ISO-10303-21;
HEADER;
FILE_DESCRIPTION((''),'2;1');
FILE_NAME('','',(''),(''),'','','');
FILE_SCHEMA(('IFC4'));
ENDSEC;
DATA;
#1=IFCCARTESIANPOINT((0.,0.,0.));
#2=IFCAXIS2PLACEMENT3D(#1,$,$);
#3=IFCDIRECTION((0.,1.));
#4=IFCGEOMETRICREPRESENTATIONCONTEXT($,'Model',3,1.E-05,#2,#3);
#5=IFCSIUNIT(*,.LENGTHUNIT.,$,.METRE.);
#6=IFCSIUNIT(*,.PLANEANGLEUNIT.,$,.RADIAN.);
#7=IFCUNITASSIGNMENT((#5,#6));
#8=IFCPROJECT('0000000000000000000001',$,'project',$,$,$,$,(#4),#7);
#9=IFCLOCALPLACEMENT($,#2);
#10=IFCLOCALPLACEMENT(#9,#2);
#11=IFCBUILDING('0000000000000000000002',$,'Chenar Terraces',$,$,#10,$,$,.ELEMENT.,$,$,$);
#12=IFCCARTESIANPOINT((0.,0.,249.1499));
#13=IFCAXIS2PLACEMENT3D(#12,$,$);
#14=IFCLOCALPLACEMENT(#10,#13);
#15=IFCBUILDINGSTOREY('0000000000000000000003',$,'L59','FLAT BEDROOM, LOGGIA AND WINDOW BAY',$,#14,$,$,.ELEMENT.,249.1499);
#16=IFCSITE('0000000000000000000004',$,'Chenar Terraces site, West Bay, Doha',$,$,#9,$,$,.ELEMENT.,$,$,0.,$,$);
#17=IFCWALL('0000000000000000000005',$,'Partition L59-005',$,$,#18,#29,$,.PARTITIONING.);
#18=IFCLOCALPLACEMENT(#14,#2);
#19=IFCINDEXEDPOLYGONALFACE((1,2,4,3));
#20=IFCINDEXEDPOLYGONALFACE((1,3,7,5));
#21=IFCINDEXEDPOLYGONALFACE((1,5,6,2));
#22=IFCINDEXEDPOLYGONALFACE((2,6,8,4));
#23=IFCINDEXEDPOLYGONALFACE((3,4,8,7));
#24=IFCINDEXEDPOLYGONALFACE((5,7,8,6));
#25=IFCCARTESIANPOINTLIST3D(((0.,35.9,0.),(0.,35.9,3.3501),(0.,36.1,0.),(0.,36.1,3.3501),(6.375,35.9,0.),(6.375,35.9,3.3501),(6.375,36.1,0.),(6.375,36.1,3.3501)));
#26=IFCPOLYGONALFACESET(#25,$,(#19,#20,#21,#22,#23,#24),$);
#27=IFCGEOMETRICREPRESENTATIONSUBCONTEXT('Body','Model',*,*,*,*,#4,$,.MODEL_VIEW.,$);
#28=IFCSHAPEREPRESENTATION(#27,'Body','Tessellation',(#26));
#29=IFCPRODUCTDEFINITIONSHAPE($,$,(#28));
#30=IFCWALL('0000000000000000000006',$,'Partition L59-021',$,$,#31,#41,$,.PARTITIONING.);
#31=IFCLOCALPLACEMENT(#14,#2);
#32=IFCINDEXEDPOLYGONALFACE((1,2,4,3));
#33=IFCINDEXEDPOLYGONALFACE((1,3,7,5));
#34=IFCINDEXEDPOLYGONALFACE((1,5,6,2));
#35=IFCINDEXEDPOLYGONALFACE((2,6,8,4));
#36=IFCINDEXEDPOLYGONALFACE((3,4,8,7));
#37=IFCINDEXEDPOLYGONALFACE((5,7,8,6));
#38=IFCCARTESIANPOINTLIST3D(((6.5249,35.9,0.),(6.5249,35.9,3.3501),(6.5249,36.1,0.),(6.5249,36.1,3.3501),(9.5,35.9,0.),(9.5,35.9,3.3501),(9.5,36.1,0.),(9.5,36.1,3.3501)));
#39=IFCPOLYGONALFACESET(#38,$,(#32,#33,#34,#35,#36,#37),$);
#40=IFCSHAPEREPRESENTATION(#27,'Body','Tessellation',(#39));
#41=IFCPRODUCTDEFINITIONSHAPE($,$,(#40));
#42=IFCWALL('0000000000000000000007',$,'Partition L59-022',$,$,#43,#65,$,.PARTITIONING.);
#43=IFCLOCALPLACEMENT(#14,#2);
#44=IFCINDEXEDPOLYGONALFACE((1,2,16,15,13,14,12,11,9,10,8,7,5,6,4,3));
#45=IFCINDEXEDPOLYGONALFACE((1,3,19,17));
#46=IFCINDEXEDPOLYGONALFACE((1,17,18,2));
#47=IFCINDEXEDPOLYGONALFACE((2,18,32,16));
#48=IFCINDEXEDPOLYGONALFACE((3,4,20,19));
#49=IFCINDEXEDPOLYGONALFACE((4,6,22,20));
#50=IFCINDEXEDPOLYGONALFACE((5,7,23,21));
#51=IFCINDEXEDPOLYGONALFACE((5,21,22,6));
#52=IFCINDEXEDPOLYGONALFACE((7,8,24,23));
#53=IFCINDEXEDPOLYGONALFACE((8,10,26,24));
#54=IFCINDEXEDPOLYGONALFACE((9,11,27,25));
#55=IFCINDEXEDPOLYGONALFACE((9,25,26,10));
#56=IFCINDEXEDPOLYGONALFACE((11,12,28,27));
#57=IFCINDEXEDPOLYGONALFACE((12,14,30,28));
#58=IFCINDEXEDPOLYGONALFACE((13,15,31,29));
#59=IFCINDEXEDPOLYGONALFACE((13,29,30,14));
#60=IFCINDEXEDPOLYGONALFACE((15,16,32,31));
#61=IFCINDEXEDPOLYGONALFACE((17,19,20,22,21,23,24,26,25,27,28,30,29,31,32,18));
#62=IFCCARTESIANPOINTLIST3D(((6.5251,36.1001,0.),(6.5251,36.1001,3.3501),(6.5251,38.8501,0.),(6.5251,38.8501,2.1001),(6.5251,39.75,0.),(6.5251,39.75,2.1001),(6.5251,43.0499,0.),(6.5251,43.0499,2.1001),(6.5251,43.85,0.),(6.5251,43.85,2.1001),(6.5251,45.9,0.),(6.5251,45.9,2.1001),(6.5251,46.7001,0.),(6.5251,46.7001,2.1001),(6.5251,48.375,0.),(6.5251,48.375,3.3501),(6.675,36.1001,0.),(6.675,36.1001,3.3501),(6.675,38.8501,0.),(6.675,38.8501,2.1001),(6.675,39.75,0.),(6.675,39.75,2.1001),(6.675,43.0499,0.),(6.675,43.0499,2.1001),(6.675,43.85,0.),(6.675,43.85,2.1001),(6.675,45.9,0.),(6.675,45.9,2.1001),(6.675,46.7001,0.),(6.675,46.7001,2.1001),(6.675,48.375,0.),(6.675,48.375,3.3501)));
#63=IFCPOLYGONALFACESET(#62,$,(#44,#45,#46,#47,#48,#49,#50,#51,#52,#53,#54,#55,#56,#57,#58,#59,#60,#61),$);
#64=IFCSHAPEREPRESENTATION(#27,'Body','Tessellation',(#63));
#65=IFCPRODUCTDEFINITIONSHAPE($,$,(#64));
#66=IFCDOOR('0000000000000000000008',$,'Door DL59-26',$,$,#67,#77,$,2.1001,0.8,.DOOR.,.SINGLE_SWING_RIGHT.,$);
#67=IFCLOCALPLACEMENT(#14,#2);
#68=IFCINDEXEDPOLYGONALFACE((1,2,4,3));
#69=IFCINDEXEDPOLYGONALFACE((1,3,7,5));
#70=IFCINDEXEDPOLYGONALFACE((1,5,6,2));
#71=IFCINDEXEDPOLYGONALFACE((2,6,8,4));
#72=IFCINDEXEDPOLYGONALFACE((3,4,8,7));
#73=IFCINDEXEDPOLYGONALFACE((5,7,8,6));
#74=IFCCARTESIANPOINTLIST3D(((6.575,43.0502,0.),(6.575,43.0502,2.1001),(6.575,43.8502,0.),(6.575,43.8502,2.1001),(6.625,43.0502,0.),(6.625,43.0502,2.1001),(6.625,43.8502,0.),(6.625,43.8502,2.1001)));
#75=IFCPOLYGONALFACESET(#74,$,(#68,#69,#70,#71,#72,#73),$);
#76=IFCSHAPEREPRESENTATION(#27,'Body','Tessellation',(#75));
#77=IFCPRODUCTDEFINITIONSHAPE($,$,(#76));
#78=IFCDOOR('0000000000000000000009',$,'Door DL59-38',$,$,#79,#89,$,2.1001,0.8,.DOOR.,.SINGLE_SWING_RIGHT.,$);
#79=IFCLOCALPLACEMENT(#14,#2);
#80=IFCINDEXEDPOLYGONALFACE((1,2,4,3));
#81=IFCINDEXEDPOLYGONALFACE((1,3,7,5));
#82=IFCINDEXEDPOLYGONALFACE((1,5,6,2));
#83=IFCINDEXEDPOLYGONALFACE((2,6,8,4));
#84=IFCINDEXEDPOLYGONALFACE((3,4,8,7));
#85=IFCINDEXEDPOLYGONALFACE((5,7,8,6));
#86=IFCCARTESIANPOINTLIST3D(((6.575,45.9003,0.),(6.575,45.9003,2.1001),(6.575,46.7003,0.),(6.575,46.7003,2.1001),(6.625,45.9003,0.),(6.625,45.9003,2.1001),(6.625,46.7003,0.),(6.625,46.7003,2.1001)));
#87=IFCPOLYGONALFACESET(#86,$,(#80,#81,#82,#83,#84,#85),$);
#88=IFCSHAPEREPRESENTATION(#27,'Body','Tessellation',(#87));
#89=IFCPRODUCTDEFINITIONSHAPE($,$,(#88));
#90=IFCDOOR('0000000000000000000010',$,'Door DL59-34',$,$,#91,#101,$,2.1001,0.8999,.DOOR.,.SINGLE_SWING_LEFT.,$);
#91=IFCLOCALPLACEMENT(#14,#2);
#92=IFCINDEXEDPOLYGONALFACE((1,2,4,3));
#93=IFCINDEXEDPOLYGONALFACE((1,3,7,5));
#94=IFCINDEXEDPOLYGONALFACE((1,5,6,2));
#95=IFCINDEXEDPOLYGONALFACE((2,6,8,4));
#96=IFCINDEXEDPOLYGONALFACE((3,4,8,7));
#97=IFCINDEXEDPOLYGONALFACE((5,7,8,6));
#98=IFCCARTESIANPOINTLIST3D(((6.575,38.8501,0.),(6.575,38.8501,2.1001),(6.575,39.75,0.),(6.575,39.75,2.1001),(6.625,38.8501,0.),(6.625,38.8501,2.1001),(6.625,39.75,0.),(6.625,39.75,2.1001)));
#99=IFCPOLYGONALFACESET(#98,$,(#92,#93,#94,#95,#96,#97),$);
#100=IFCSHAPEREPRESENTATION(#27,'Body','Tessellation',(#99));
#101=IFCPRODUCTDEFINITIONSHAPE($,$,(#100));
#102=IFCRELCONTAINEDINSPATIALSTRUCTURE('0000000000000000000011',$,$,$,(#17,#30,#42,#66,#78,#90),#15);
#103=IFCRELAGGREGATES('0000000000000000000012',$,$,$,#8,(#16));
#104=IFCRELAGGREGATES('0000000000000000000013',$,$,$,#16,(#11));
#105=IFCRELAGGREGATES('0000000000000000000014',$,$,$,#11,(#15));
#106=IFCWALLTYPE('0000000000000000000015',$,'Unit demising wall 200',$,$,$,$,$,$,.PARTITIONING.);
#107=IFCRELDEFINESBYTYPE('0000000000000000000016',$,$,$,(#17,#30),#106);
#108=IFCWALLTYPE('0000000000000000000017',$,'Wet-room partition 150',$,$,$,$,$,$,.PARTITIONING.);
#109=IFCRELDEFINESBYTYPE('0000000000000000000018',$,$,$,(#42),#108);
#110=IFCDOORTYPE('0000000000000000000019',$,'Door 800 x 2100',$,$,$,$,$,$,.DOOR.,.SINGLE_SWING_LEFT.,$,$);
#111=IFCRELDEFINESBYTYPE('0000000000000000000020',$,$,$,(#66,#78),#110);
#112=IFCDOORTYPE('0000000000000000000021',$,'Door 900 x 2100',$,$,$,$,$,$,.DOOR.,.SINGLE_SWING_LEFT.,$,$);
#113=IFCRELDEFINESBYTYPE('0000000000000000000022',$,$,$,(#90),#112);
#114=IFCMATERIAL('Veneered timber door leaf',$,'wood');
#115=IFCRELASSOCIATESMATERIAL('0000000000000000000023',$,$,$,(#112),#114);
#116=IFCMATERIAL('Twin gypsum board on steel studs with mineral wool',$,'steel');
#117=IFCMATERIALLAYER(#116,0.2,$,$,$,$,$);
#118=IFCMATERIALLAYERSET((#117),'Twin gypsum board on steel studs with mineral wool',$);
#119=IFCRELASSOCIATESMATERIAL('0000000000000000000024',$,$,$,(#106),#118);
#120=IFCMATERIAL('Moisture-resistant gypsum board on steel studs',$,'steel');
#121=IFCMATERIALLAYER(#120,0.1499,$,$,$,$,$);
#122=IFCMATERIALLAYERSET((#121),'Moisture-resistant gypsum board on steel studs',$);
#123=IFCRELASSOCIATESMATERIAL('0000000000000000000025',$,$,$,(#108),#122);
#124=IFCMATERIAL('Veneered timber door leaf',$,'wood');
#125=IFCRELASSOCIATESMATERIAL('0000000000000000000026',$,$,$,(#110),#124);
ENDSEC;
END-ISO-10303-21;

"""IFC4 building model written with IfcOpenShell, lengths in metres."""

from ifc_helpers import new_model, si_unit, direction, frame, frame_2d, origin, place, context, subcontext, project, spatial, rectangle, extrude, material, layer, layer_set, type_object, element, fill, save


model = new_model("IFC4")

# Units and contexts
model_context = context("Model", 3, precision=1e-05, world=origin(), true_north=direction((0.0, 1.0)))
body_context = subcontext(model_context, "Body", "Model", "MODEL_VIEW")
ifc_project = project(units=[si_unit("LENGTHUNIT", "METRE"), si_unit("PLANEANGLEUNIT", "RADIAN")], contexts=[model_context])

# Site, building, storey
site_placement = place(None, origin())
site = spatial("IfcSite", under=ifc_project, at=site_placement, Name="Chenar Terraces site, West Bay, Doha", CompositionType="ELEMENT", RefElevation=0.0)
building_placement = place(site_placement, origin())
building = spatial("IfcBuilding", under=site, at=building_placement, Name="Chenar Terraces", CompositionType="ELEMENT")
storey_placement = place(building_placement, frame((0.0, 0.0, 249.1499)))
storey = spatial("IfcBuildingStorey", under=building, at=storey_placement, Name="L59", Description="FLAT BEDROOM, LOGGIA AND WINDOW BAY", CompositionType="ELEMENT", Elevation=249.1499)

# Shared definitions
placement = place(storey_placement, frame((0.0, 36.0, 0.0), z_axis=(0.0, 0.0, 1.0), x_axis=(1.0, 0.0, 0.0)))

# Shared definitions
ifc_material_1 = material(Name="Veneered timber door leaf", Category="wood")
door_type_1 = type_object("IfcDoorType", Name="Door 900 x 2100", OperationType="SINGLE_SWING_LEFT", PredefinedType="DOOR", material=ifc_material_1)

# Walls
ifc_material_2 = material(Name="Twin gypsum board on steel studs with mineral wool", Category="steel")
ifc_layer_1 = layer(ifc_material_2, 0.2)
ifc_layer_set_1 = layer_set([ifc_layer_1], Name="Twin gypsum board on steel studs with mineral wool")
wall_type_1 = type_object("IfcWallType", Name="Unit demising wall 200", PredefinedType="PARTITIONING", material=ifc_layer_set_1)
element("IfcWall", 1, at=placement, inside=storey, type_object=wall_type_1, Name="Partition L59-005", PredefinedType="PARTITIONING", context=body_context, shape_type="SweptSolid", body=[
    extrude(rectangle(XDim=6.375, YDim=0.2, at=frame_2d((3.1875, 0.0))), origin(), (0.0, 0.0, 1.0), 3.3501),
])
wall_1_placement = place(storey_placement, frame((6.5249, 36.0, 0.0), z_axis=(0.0, 0.0, 1.0), x_axis=(1.0, 0.0, 0.0)))
element("IfcWall", 2, at=wall_1_placement, inside=storey, type_object=wall_type_1, Name="Partition L59-021", PredefinedType="PARTITIONING", context=body_context, shape_type="SweptSolid", body=[
    extrude(rectangle(XDim=2.9751, YDim=0.2, at=frame_2d((1.4875, 0.0))), origin(), (0.0, 0.0, 1.0), 3.3501),
])

# Wall, openings, doors
ifc_material_3 = material(Name="Moisture-resistant gypsum board on steel studs", Category="steel")
ifc_layer_2 = layer(ifc_material_3, 0.1499)
ifc_layer_set_2 = layer_set([ifc_layer_2], Name="Moisture-resistant gypsum board on steel studs")
wall_type_2 = type_object("IfcWallType", Name="Wet-room partition 150", PredefinedType="PARTITIONING", material=ifc_layer_set_2)
wall_2_placement = place(storey_placement, frame((6.6001, 36.1001, 0.0), z_axis=(0.0, 0.0, 1.0), x_axis=(0.0, 1.0, 0.0)))
wall_2 = element("IfcWall", 3, at=wall_2_placement, inside=storey, type_object=wall_type_2, Name="Partition L59-022", PredefinedType="PARTITIONING", context=body_context, shape_type="SweptSolid", body=[
    extrude(rectangle(XDim=12.2749, YDim=0.1499, at=frame_2d((6.1375, 0.0))), origin(), (0.0, 0.0, 1.0), 3.3501),
])
opening_1_placement = place(wall_2_placement, frame((6.95, 0.0, 0.0)))
opening_1 = element("IfcOpeningElement", 4, at=opening_1_placement, cuts=wall_2, PredefinedType="OPENING", context=body_context, shape_type="SweptSolid", body=[
    extrude(rectangle(XDim=0.8, YDim=2.1001, at=frame_2d((0.3999, 1.05))), frame((0.0, 0.085, 0.0), z_axis=(0.0, -1.0, 0.0), x_axis=(1.0, 0.0, 0.0)), (0.0, 0.0, 1.0), 0.1699),
])
opening_2_placement = place(wall_2_placement, frame((2.75, 0.0, 0.0)))
opening_2 = element("IfcOpeningElement", 5, at=opening_2_placement, cuts=wall_2, PredefinedType="OPENING", context=body_context, shape_type="SweptSolid", body=[
    extrude(rectangle(XDim=0.8999, YDim=2.1001, at=frame_2d((0.45, 1.05))), frame((0.0, 0.085, 0.0), z_axis=(0.0, -1.0, 0.0), x_axis=(1.0, 0.0, 0.0)), (0.0, 0.0, 1.0), 0.1699),
])
opening_3_placement = place(wall_2_placement, frame((9.8, 0.0, 0.0)))
opening_3 = element("IfcOpeningElement", 6, at=opening_3_placement, cuts=wall_2, PredefinedType="OPENING", context=body_context, shape_type="SweptSolid", body=[
    extrude(rectangle(XDim=0.8, YDim=2.1001, at=frame_2d((0.3999, 1.05))), frame((0.0, 0.085, 0.0), z_axis=(0.0, -1.0, 0.0), x_axis=(1.0, 0.0, 0.0)), (0.0, 0.0, 1.0), 0.1699),
])
ifc_material_4 = material(Name="Veneered timber door leaf", Category="wood")
door_type_2 = type_object("IfcDoorType", Name="Door 800 x 2100", OperationType="SINGLE_SWING_LEFT", PredefinedType="DOOR", material=ifc_material_4)
door_1_placement = place(opening_1_placement, frame((0.8, 0.0, 0.0), z_axis=(0.0, 0.0, 1.0), x_axis=(-1.0, 0.0, 0.0)))
door_1 = element("IfcDoor", 7, at=door_1_placement, inside=storey, type_object=door_type_2, Name="Door DL59-26", OperationType="SINGLE_SWING_RIGHT", OverallHeight=2.1001, OverallWidth=0.8, PredefinedType="DOOR", context=body_context, shape_type="SweptSolid", body=[
    extrude(rectangle(XDim=0.8, YDim=2.1001, at=frame_2d((0.3999, 1.05))), frame((0.0, 0.0249, 0.0), z_axis=(0.0, -1.0, 0.0), x_axis=(1.0, 0.0, 0.0)), (0.0, 0.0, 1.0), 0.05),
])
fill(opening_1, door_1)
door_2_placement = place(opening_3_placement, frame((0.8, 0.0, 0.0), z_axis=(0.0, 0.0, 1.0), x_axis=(-1.0, 0.0, 0.0)))
door_2 = element("IfcDoor", 8, at=door_2_placement, inside=storey, type_object=door_type_2, Name="Door DL59-38", OperationType="SINGLE_SWING_RIGHT", OverallHeight=2.1001, OverallWidth=0.8, PredefinedType="DOOR", context=body_context, shape_type="SweptSolid", body=[
    extrude(rectangle(XDim=0.8, YDim=2.1001, at=frame_2d((0.3999, 1.05))), frame((0.0, 0.0249, 0.0), z_axis=(0.0, -1.0, 0.0), x_axis=(1.0, 0.0, 0.0)), (0.0, 0.0, 1.0), 0.05),
])
fill(opening_3, door_2)
door_3_placement = place(opening_2_placement, frame((0.8999, 0.0, 0.0), z_axis=(0.0, 0.0, 1.0), x_axis=(-1.0, 0.0, 0.0)))
door_3 = element("IfcDoor", 9, at=door_3_placement, inside=storey, type_object=door_type_1, Name="Door DL59-34", OperationType="SINGLE_SWING_LEFT", OverallHeight=2.1001, OverallWidth=0.8999, PredefinedType="DOOR", context=body_context, shape_type="SweptSolid", body=[
    extrude(rectangle(XDim=0.8999, YDim=2.1001, at=frame_2d((0.45, 1.05))), frame((0.0, 0.0249, 0.0), z_axis=(0.0, -1.0, 0.0), x_axis=(1.0, 0.0, 0.0)), (0.0, 0.0, 1.0), 0.05),
])
fill(opening_2, door_3)

save(model, "model.ifc")
